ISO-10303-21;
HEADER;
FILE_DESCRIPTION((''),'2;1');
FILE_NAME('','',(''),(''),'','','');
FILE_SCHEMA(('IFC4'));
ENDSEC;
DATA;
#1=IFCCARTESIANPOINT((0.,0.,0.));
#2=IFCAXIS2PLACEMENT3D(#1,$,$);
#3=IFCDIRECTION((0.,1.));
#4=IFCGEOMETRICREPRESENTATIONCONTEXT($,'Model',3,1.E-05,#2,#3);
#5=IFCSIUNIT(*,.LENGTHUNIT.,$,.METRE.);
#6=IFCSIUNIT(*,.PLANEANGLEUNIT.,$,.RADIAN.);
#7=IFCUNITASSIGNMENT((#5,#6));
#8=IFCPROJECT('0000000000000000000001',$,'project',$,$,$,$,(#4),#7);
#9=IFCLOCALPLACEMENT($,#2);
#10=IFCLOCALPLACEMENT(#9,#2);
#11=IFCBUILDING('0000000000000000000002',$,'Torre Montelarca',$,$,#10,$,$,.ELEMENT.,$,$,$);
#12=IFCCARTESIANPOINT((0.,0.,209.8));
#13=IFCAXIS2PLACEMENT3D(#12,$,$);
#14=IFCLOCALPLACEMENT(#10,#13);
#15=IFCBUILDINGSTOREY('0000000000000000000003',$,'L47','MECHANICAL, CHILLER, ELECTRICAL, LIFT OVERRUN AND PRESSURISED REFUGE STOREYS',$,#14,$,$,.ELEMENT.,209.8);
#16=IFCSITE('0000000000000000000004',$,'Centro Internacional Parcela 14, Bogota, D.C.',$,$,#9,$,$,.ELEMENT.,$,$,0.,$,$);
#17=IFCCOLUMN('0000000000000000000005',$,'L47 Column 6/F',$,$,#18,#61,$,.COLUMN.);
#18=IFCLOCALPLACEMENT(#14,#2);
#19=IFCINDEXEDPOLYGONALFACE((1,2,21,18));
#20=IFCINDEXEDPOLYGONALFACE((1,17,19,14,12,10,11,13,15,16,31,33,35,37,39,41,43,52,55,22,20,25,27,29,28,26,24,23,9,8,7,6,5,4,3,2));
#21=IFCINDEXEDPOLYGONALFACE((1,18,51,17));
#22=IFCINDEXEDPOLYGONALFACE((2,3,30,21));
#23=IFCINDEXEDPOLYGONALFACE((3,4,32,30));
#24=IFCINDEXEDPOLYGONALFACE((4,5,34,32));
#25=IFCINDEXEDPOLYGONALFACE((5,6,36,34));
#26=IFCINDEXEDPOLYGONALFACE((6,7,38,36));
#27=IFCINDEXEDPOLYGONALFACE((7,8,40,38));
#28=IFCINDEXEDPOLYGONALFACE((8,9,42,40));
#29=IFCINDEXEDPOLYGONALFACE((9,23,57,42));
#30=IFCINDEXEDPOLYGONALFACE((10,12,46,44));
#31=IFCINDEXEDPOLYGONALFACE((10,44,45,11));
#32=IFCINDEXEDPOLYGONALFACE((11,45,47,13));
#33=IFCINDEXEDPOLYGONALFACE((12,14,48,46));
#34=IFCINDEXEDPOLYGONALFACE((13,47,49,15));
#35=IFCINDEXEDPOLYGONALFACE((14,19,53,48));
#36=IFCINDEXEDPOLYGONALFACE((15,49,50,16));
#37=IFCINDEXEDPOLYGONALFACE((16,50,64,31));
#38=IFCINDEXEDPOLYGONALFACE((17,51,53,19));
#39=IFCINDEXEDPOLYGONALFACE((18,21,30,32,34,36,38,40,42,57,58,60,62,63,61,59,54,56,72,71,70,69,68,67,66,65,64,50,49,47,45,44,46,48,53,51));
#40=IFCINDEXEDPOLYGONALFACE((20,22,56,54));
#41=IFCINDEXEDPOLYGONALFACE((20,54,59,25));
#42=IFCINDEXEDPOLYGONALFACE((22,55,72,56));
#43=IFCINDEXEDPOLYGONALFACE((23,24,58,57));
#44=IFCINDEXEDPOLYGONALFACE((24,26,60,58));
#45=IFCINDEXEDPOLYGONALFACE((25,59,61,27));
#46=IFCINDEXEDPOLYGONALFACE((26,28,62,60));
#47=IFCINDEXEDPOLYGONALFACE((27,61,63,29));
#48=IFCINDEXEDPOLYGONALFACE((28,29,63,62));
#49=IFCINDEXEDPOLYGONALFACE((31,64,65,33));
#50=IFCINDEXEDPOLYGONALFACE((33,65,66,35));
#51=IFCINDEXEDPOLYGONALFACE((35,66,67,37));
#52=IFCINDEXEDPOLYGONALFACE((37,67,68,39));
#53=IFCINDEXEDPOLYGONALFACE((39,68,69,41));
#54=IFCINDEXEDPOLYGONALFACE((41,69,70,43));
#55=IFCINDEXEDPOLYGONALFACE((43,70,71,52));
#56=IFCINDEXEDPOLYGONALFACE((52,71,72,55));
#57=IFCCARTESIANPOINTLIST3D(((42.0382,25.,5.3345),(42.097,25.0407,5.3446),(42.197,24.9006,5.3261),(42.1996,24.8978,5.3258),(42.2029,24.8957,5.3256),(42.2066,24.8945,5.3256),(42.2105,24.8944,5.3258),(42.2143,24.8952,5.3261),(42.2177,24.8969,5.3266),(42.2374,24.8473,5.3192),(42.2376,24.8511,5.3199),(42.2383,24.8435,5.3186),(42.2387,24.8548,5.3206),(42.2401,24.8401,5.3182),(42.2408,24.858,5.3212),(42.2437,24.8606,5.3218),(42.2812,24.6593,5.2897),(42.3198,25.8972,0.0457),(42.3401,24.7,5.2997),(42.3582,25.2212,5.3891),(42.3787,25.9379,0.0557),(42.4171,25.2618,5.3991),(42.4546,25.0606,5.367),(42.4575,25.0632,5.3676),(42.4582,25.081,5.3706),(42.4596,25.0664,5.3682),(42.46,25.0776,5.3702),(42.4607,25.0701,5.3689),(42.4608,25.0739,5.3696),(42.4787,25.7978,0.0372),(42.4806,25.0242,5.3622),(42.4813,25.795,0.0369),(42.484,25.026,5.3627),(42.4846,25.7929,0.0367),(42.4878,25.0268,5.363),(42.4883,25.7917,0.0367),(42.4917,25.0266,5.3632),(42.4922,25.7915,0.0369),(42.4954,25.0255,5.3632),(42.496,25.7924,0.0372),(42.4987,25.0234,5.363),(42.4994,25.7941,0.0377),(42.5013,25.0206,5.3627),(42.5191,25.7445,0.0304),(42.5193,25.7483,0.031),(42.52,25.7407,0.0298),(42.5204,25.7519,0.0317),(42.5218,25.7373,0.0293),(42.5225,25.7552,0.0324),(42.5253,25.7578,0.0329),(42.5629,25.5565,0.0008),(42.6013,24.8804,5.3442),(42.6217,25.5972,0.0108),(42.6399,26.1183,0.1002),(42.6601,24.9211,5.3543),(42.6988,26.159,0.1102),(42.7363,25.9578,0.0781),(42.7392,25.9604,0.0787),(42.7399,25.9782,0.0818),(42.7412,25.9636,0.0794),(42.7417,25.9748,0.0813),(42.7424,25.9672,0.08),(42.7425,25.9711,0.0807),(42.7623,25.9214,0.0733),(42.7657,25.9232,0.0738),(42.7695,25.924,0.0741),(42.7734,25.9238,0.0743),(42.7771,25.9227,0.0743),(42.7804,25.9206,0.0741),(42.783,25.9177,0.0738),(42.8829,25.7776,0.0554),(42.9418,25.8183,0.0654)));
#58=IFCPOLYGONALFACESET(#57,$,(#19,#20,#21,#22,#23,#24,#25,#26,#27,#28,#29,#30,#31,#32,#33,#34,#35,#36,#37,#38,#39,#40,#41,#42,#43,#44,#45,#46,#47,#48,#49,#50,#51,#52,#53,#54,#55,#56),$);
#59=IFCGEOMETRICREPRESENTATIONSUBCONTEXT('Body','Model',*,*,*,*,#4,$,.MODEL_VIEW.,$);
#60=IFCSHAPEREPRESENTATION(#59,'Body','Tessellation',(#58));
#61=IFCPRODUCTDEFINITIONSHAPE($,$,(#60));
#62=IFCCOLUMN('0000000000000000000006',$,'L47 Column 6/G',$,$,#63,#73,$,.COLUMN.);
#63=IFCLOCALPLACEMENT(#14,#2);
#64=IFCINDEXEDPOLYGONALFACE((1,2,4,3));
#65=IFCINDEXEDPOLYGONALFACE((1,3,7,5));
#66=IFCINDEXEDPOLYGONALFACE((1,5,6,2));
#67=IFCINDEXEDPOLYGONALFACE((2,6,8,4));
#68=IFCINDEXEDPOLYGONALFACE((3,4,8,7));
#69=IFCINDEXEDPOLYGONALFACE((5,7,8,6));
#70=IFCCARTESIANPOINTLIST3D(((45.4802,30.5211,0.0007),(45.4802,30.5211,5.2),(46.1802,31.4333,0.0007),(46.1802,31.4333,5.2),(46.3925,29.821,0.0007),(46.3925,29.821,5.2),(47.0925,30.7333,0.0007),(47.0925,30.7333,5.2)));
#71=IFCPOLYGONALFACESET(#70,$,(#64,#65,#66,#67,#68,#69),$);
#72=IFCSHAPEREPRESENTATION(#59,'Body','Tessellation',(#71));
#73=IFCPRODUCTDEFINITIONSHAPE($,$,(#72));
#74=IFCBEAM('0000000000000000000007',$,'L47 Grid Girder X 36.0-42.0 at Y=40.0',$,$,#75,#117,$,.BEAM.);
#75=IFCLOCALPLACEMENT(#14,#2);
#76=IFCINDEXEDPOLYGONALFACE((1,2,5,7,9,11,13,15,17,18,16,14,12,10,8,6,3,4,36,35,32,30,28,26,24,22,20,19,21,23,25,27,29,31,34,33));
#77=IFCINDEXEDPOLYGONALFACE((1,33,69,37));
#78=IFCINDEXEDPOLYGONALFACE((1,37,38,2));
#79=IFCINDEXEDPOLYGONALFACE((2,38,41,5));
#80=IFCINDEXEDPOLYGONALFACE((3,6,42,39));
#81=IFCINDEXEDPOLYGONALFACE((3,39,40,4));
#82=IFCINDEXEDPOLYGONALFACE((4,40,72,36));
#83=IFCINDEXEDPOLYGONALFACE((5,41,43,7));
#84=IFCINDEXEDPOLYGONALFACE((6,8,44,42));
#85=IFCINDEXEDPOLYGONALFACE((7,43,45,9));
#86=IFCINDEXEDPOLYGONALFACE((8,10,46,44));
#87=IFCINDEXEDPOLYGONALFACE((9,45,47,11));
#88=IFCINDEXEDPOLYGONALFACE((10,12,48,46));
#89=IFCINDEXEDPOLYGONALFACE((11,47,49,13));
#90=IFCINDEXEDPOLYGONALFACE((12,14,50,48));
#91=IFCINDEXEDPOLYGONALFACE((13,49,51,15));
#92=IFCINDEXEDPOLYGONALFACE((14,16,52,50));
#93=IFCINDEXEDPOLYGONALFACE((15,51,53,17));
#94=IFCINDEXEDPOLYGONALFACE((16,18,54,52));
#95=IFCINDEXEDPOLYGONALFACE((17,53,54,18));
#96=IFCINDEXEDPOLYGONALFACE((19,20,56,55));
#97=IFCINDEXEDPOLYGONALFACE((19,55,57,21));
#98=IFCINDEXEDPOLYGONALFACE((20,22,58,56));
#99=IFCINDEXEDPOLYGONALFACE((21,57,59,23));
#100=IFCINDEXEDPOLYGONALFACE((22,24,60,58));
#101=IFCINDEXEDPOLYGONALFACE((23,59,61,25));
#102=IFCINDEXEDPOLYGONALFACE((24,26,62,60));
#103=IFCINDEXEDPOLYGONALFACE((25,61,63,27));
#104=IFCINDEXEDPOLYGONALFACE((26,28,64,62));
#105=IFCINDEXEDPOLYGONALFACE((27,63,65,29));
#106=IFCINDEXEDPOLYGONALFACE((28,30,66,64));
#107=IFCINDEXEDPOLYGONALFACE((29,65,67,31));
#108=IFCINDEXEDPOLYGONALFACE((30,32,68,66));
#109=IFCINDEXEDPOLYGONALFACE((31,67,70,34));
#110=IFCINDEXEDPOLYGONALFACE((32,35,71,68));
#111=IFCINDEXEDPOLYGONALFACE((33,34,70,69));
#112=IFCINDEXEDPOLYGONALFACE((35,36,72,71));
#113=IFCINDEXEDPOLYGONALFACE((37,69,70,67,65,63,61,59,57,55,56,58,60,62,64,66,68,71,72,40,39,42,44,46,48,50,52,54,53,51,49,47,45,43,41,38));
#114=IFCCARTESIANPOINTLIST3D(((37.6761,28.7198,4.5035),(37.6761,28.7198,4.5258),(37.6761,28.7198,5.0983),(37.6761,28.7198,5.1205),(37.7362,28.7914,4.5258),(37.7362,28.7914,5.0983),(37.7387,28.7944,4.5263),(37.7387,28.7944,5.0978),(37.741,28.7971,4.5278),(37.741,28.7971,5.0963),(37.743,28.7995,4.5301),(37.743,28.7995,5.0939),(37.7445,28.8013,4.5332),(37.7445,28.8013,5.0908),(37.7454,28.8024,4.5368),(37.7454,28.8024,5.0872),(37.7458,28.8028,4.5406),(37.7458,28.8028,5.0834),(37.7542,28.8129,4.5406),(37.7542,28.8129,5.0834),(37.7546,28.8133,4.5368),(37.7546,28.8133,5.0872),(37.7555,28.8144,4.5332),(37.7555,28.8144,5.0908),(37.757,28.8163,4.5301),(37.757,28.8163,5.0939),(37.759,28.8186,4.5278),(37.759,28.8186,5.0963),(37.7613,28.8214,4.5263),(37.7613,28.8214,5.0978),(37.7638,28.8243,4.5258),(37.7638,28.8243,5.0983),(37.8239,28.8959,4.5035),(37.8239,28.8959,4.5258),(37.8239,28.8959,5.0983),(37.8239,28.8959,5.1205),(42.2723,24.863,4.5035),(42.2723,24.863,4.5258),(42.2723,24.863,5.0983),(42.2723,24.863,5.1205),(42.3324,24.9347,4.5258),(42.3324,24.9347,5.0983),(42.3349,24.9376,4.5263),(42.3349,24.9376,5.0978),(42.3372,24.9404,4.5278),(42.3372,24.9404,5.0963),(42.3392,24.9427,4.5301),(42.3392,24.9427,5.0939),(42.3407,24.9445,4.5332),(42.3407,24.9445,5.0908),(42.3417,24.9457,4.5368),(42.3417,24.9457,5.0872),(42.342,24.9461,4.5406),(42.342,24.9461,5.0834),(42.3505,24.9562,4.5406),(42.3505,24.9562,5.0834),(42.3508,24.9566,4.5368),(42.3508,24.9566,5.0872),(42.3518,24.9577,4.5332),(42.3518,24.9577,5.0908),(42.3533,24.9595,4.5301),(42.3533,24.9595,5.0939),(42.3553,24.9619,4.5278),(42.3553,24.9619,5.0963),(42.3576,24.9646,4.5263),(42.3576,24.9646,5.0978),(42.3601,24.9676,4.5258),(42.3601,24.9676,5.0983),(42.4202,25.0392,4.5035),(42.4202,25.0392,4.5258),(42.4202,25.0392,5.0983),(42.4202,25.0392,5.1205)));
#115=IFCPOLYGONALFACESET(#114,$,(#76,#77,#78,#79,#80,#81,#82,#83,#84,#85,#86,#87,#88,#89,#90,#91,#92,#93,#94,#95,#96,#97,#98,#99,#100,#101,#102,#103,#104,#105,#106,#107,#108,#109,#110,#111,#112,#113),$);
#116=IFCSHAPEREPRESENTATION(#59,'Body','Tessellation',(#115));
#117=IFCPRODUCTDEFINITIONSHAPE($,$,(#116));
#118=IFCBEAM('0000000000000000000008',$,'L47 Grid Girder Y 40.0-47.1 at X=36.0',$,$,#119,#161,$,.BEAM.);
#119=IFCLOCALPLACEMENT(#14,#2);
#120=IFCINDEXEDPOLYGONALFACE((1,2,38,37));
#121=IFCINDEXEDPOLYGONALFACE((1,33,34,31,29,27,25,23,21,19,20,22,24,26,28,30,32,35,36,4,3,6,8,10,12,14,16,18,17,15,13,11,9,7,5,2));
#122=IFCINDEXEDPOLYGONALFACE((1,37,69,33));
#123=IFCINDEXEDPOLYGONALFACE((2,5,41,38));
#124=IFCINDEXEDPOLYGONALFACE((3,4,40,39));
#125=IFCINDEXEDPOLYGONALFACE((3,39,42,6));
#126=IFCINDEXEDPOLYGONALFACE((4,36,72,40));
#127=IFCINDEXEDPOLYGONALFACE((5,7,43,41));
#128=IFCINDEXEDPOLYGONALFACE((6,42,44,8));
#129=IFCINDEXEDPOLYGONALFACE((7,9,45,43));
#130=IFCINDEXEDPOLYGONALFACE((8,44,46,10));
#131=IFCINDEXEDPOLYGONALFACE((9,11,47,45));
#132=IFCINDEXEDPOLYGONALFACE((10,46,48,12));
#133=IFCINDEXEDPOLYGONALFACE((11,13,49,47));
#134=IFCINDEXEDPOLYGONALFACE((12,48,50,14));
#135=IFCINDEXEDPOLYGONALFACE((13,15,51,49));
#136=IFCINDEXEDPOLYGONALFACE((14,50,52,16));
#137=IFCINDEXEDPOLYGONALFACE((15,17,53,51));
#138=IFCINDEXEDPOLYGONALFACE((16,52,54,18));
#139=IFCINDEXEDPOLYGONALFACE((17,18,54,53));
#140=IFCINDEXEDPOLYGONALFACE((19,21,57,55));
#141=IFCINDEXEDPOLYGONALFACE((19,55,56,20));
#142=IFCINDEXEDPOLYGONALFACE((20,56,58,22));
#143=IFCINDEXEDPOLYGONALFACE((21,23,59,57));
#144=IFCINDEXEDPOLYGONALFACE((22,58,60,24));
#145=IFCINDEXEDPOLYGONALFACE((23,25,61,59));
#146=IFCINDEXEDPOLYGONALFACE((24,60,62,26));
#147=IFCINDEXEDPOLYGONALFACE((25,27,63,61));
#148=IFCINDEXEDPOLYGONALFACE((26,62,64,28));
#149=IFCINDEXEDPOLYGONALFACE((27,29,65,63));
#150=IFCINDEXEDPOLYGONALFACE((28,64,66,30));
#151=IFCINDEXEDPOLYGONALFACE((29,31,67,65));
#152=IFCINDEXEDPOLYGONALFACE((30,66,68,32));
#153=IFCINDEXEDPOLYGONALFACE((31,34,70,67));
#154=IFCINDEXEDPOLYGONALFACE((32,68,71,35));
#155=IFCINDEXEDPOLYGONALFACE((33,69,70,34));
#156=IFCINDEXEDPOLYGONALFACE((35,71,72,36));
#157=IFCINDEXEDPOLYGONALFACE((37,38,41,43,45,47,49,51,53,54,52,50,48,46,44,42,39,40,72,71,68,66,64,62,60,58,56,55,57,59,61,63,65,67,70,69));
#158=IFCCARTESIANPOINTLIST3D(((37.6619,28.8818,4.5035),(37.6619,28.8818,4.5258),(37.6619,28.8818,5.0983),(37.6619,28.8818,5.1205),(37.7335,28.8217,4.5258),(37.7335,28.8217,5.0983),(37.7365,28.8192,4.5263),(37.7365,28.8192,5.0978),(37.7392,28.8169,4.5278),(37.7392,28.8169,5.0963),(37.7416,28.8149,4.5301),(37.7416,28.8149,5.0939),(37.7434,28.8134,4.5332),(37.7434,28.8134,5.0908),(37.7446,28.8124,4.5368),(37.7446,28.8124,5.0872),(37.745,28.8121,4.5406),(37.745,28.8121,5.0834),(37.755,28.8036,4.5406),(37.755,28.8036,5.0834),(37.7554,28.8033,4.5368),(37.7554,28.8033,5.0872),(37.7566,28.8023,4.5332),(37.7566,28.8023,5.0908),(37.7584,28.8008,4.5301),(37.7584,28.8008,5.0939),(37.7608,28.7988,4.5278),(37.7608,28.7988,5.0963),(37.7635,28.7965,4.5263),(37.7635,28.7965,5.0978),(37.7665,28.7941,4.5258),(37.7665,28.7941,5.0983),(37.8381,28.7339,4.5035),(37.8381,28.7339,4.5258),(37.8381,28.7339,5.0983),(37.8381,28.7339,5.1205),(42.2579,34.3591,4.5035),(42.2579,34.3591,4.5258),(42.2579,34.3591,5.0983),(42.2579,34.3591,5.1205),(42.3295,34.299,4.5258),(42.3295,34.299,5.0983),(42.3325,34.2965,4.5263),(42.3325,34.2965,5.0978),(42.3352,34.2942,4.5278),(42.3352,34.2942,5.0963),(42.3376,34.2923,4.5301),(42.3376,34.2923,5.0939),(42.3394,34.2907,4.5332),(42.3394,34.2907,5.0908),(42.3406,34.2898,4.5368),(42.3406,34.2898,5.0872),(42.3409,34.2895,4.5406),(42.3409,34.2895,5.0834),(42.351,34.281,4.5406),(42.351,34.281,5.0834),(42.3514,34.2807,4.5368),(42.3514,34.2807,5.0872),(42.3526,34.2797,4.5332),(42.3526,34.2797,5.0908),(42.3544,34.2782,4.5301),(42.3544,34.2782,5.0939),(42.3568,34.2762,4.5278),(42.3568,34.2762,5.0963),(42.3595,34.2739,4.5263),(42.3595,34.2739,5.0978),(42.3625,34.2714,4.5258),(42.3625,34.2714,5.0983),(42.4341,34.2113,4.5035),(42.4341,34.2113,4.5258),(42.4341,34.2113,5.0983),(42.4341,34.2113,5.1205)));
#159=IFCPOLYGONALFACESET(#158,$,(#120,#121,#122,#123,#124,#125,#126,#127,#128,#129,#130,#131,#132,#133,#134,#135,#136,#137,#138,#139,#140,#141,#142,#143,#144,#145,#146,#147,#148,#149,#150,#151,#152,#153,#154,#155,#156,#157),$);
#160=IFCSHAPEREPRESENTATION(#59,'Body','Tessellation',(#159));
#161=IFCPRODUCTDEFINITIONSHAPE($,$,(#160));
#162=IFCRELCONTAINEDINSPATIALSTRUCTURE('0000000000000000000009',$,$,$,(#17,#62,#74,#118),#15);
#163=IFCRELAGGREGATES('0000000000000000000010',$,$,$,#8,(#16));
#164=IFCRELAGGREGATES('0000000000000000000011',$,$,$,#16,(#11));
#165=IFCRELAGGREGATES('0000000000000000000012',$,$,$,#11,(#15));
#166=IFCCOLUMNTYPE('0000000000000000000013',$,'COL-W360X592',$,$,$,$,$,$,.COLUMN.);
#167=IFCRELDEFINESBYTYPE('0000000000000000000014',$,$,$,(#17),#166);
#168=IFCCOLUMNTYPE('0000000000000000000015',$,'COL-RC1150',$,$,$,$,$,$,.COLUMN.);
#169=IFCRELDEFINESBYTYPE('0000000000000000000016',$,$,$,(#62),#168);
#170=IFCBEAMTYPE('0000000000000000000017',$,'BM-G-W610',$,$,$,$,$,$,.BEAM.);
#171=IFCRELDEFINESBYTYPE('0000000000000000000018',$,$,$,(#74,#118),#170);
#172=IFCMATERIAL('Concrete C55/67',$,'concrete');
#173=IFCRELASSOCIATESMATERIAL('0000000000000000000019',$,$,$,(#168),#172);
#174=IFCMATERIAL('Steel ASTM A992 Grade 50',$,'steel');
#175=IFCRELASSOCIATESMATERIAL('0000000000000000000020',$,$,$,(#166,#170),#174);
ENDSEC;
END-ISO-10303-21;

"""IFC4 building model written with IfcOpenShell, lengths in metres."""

from ifc_helpers import new_model, si_unit, direction, frame, origin, origin_2d, place, context, subcontext, project, spatial, rectangle, i_section, extrude, clip, halfspace, source, transform, mapped, material, material_profile, profile_set, type_object, element, save


model = new_model("IFC4")

# Units and contexts
model_context = context("Model", 3, precision=1e-05, world=origin(), true_north=direction((0.0, 1.0)))
body_context = subcontext(model_context, "Body", "Model", "MODEL_VIEW")
ifc_project = project(units=[si_unit("LENGTHUNIT", "METRE"), si_unit("PLANEANGLEUNIT", "RADIAN")], contexts=[model_context])

# Site, building, storey
site_placement = place(None, origin())
site = spatial("IfcSite", under=ifc_project, at=site_placement, Name="Centro Internacional Parcela 14, Bogota, D.C.", CompositionType="ELEMENT", RefElevation=0.0)
building_placement = place(site_placement, origin())
building = spatial("IfcBuilding", under=site, at=building_placement, Name="Torre Montelarca", CompositionType="ELEMENT")
storey_placement = place(building_placement, frame((0.0, 0.0, 209.8)))
storey = spatial("IfcBuildingStorey", under=building, at=storey_placement, Name="L47", Description="MECHANICAL, CHILLER, ELECTRICAL, LIFT OVERRUN AND PRESSURISED REFUGE STOREYS", CompositionType="ELEMENT", Elevation=209.8)

# Columns
ifc_material_1 = material(Name="Concrete C55/67", Category="concrete")
ifc_material_profile_1 = material_profile(ifc_material_1, rectangle(XDim=1.1499, YDim=1.1499, at=origin_2d()), Name="RC1150X1150", Category="concrete")
ifc_profile_set_1 = profile_set([ifc_material_profile_1], Name="Concrete C55/67")
column_type_1 = type_object("IfcColumnType", Name="COL-RC1150", PredefinedType="COLUMN", material=ifc_profile_set_1)
ifc_material_2 = material(Name="Steel ASTM A992 Grade 50", Category="steel")
ifc_material_profile_2 = material_profile(ifc_material_2, i_section(OverallWidth=0.4209, OverallDepth=0.4651, WebThickness=0.0449, FlangeThickness=0.0723, FilletRadius=0.0149, at=origin_2d()), Name="W360X592", Category="steel")
ifc_profile_set_2 = profile_set([ifc_material_profile_2], Name="Steel ASTM A992 Grade 50")
column_type_2 = type_object("IfcColumnType", Name="COL-W360X592", PredefinedType="COLUMN", material=ifc_profile_set_2)
column_1_placement = place(storey_placement, frame((42.6338, 25.8672, 0.0), z_axis=(-0.052437, -0.167016, 0.984559), x_axis=(-0.577385, 0.809487, 0.106566)))
element("IfcColumn", 1, at=column_1_placement, inside=storey, type_object=column_type_2, Name="L47 Column 6/F", PredefinedType="COLUMN", context=body_context, shape_type="Clipping", body=[
    clip(clip(extrude(i_section(OverallWidth=0.4209, OverallDepth=0.4651, WebThickness=0.0449, FlangeThickness=0.0723, FilletRadius=0.0149, at=origin_2d()), origin(), (0.0, 0.0, 1.0), 5.4846), halfspace(frame((0.0, 0.0, 0.0564), z_axis=(0.0, 0.0, -1.0), x_axis=(1.0, 0.0, 0.0)), False)), halfspace(frame((0.0, 0.0, 5.4282), z_axis=(0.0, 0.0, 1.0), x_axis=(1.0, 0.0, 0.0)), False)),
])
shared_shape_1 = source(origin(), body_context, "Body", "SweptSolid", [
    extrude(rectangle(XDim=1.1499, YDim=1.1499, at=origin_2d()), origin(), (0.0, 0.0, 1.0), 5.1992),
])
column_2_placement = place(storey_placement, frame((46.2864, 30.6272, 0.0007), z_axis=(0.0, 0.0, 1.0), x_axis=(-0.793353, 0.608761, 0.0)))
element("IfcColumn", 2, at=column_2_placement, inside=storey, type_object=column_type_1, Name="L47 Column 6/G", PredefinedType="COLUMN", context=body_context, shape_type="MappedRepresentation", body=[
    mapped(shared_shape_1, transform((0.0, 0.0, 0.0), scale=1.0)),
])

# Beams
ifc_material_profile_3 = material_profile(ifc_material_2, i_section(OverallWidth=0.23, OverallDepth=0.6169, WebThickness=0.0132, FlangeThickness=0.0222, FilletRadius=0.0149, at=origin_2d()), Name="W610X140", Category="steel")
ifc_profile_set_3 = profile_set([ifc_material_profile_3], Name="Steel ASTM A992 Grade 50")
beam_type_1 = type_object("IfcBeamType", Name="BM-G-W610", PredefinedType="BEAM", material=ifc_profile_set_3)
shared_shape_2 = source(origin(), body_context, "Body", "SweptSolid", [
    extrude(i_section(OverallWidth=0.23, OverallDepth=0.6169, WebThickness=0.0132, FlangeThickness=0.0222, FilletRadius=0.0149, at=origin_2d()), origin(), (0.0, 0.0, 1.0), 6.0),
])
beam_1_placement = place(storey_placement, frame((37.75, 28.8079, 4.812), z_axis=(0.766042, -0.64279, 0.0), x_axis=(0.64279, 0.766042, 0.0)))
element("IfcBeam", 3, at=beam_1_placement, inside=storey, type_object=beam_type_1, Name="L47 Grid Girder X 36.0-42.0 at Y=40.0", PredefinedType="BEAM", context=body_context, shape_type="MappedRepresentation", body=[
    mapped(shared_shape_2, transform((0.0, 0.0, 0.0), scale=1.0)),
])
shared_shape_3 = source(origin(), body_context, "Body", "SweptSolid", [
    extrude(i_section(OverallWidth=0.23, OverallDepth=0.6169, WebThickness=0.0132, FlangeThickness=0.0222, FilletRadius=0.0149, at=origin_2d()), origin(), (0.0, 0.0, 1.0), 7.1501),
])
beam_2_placement = place(storey_placement, frame((37.75, 28.8079, 4.812), z_axis=(0.642784, 0.766048, 0.0), x_axis=(-0.766048, 0.642784, 0.0)))
element("IfcBeam", 4, at=beam_2_placement, inside=storey, type_object=beam_type_1, Name="L47 Grid Girder Y 40.0-47.1 at X=36.0", PredefinedType="BEAM", context=body_context, shape_type="MappedRepresentation", body=[
    mapped(shared_shape_3, transform((0.0, 0.0, 0.0), scale=1.0)),
])

save(model, "model.ifc")
